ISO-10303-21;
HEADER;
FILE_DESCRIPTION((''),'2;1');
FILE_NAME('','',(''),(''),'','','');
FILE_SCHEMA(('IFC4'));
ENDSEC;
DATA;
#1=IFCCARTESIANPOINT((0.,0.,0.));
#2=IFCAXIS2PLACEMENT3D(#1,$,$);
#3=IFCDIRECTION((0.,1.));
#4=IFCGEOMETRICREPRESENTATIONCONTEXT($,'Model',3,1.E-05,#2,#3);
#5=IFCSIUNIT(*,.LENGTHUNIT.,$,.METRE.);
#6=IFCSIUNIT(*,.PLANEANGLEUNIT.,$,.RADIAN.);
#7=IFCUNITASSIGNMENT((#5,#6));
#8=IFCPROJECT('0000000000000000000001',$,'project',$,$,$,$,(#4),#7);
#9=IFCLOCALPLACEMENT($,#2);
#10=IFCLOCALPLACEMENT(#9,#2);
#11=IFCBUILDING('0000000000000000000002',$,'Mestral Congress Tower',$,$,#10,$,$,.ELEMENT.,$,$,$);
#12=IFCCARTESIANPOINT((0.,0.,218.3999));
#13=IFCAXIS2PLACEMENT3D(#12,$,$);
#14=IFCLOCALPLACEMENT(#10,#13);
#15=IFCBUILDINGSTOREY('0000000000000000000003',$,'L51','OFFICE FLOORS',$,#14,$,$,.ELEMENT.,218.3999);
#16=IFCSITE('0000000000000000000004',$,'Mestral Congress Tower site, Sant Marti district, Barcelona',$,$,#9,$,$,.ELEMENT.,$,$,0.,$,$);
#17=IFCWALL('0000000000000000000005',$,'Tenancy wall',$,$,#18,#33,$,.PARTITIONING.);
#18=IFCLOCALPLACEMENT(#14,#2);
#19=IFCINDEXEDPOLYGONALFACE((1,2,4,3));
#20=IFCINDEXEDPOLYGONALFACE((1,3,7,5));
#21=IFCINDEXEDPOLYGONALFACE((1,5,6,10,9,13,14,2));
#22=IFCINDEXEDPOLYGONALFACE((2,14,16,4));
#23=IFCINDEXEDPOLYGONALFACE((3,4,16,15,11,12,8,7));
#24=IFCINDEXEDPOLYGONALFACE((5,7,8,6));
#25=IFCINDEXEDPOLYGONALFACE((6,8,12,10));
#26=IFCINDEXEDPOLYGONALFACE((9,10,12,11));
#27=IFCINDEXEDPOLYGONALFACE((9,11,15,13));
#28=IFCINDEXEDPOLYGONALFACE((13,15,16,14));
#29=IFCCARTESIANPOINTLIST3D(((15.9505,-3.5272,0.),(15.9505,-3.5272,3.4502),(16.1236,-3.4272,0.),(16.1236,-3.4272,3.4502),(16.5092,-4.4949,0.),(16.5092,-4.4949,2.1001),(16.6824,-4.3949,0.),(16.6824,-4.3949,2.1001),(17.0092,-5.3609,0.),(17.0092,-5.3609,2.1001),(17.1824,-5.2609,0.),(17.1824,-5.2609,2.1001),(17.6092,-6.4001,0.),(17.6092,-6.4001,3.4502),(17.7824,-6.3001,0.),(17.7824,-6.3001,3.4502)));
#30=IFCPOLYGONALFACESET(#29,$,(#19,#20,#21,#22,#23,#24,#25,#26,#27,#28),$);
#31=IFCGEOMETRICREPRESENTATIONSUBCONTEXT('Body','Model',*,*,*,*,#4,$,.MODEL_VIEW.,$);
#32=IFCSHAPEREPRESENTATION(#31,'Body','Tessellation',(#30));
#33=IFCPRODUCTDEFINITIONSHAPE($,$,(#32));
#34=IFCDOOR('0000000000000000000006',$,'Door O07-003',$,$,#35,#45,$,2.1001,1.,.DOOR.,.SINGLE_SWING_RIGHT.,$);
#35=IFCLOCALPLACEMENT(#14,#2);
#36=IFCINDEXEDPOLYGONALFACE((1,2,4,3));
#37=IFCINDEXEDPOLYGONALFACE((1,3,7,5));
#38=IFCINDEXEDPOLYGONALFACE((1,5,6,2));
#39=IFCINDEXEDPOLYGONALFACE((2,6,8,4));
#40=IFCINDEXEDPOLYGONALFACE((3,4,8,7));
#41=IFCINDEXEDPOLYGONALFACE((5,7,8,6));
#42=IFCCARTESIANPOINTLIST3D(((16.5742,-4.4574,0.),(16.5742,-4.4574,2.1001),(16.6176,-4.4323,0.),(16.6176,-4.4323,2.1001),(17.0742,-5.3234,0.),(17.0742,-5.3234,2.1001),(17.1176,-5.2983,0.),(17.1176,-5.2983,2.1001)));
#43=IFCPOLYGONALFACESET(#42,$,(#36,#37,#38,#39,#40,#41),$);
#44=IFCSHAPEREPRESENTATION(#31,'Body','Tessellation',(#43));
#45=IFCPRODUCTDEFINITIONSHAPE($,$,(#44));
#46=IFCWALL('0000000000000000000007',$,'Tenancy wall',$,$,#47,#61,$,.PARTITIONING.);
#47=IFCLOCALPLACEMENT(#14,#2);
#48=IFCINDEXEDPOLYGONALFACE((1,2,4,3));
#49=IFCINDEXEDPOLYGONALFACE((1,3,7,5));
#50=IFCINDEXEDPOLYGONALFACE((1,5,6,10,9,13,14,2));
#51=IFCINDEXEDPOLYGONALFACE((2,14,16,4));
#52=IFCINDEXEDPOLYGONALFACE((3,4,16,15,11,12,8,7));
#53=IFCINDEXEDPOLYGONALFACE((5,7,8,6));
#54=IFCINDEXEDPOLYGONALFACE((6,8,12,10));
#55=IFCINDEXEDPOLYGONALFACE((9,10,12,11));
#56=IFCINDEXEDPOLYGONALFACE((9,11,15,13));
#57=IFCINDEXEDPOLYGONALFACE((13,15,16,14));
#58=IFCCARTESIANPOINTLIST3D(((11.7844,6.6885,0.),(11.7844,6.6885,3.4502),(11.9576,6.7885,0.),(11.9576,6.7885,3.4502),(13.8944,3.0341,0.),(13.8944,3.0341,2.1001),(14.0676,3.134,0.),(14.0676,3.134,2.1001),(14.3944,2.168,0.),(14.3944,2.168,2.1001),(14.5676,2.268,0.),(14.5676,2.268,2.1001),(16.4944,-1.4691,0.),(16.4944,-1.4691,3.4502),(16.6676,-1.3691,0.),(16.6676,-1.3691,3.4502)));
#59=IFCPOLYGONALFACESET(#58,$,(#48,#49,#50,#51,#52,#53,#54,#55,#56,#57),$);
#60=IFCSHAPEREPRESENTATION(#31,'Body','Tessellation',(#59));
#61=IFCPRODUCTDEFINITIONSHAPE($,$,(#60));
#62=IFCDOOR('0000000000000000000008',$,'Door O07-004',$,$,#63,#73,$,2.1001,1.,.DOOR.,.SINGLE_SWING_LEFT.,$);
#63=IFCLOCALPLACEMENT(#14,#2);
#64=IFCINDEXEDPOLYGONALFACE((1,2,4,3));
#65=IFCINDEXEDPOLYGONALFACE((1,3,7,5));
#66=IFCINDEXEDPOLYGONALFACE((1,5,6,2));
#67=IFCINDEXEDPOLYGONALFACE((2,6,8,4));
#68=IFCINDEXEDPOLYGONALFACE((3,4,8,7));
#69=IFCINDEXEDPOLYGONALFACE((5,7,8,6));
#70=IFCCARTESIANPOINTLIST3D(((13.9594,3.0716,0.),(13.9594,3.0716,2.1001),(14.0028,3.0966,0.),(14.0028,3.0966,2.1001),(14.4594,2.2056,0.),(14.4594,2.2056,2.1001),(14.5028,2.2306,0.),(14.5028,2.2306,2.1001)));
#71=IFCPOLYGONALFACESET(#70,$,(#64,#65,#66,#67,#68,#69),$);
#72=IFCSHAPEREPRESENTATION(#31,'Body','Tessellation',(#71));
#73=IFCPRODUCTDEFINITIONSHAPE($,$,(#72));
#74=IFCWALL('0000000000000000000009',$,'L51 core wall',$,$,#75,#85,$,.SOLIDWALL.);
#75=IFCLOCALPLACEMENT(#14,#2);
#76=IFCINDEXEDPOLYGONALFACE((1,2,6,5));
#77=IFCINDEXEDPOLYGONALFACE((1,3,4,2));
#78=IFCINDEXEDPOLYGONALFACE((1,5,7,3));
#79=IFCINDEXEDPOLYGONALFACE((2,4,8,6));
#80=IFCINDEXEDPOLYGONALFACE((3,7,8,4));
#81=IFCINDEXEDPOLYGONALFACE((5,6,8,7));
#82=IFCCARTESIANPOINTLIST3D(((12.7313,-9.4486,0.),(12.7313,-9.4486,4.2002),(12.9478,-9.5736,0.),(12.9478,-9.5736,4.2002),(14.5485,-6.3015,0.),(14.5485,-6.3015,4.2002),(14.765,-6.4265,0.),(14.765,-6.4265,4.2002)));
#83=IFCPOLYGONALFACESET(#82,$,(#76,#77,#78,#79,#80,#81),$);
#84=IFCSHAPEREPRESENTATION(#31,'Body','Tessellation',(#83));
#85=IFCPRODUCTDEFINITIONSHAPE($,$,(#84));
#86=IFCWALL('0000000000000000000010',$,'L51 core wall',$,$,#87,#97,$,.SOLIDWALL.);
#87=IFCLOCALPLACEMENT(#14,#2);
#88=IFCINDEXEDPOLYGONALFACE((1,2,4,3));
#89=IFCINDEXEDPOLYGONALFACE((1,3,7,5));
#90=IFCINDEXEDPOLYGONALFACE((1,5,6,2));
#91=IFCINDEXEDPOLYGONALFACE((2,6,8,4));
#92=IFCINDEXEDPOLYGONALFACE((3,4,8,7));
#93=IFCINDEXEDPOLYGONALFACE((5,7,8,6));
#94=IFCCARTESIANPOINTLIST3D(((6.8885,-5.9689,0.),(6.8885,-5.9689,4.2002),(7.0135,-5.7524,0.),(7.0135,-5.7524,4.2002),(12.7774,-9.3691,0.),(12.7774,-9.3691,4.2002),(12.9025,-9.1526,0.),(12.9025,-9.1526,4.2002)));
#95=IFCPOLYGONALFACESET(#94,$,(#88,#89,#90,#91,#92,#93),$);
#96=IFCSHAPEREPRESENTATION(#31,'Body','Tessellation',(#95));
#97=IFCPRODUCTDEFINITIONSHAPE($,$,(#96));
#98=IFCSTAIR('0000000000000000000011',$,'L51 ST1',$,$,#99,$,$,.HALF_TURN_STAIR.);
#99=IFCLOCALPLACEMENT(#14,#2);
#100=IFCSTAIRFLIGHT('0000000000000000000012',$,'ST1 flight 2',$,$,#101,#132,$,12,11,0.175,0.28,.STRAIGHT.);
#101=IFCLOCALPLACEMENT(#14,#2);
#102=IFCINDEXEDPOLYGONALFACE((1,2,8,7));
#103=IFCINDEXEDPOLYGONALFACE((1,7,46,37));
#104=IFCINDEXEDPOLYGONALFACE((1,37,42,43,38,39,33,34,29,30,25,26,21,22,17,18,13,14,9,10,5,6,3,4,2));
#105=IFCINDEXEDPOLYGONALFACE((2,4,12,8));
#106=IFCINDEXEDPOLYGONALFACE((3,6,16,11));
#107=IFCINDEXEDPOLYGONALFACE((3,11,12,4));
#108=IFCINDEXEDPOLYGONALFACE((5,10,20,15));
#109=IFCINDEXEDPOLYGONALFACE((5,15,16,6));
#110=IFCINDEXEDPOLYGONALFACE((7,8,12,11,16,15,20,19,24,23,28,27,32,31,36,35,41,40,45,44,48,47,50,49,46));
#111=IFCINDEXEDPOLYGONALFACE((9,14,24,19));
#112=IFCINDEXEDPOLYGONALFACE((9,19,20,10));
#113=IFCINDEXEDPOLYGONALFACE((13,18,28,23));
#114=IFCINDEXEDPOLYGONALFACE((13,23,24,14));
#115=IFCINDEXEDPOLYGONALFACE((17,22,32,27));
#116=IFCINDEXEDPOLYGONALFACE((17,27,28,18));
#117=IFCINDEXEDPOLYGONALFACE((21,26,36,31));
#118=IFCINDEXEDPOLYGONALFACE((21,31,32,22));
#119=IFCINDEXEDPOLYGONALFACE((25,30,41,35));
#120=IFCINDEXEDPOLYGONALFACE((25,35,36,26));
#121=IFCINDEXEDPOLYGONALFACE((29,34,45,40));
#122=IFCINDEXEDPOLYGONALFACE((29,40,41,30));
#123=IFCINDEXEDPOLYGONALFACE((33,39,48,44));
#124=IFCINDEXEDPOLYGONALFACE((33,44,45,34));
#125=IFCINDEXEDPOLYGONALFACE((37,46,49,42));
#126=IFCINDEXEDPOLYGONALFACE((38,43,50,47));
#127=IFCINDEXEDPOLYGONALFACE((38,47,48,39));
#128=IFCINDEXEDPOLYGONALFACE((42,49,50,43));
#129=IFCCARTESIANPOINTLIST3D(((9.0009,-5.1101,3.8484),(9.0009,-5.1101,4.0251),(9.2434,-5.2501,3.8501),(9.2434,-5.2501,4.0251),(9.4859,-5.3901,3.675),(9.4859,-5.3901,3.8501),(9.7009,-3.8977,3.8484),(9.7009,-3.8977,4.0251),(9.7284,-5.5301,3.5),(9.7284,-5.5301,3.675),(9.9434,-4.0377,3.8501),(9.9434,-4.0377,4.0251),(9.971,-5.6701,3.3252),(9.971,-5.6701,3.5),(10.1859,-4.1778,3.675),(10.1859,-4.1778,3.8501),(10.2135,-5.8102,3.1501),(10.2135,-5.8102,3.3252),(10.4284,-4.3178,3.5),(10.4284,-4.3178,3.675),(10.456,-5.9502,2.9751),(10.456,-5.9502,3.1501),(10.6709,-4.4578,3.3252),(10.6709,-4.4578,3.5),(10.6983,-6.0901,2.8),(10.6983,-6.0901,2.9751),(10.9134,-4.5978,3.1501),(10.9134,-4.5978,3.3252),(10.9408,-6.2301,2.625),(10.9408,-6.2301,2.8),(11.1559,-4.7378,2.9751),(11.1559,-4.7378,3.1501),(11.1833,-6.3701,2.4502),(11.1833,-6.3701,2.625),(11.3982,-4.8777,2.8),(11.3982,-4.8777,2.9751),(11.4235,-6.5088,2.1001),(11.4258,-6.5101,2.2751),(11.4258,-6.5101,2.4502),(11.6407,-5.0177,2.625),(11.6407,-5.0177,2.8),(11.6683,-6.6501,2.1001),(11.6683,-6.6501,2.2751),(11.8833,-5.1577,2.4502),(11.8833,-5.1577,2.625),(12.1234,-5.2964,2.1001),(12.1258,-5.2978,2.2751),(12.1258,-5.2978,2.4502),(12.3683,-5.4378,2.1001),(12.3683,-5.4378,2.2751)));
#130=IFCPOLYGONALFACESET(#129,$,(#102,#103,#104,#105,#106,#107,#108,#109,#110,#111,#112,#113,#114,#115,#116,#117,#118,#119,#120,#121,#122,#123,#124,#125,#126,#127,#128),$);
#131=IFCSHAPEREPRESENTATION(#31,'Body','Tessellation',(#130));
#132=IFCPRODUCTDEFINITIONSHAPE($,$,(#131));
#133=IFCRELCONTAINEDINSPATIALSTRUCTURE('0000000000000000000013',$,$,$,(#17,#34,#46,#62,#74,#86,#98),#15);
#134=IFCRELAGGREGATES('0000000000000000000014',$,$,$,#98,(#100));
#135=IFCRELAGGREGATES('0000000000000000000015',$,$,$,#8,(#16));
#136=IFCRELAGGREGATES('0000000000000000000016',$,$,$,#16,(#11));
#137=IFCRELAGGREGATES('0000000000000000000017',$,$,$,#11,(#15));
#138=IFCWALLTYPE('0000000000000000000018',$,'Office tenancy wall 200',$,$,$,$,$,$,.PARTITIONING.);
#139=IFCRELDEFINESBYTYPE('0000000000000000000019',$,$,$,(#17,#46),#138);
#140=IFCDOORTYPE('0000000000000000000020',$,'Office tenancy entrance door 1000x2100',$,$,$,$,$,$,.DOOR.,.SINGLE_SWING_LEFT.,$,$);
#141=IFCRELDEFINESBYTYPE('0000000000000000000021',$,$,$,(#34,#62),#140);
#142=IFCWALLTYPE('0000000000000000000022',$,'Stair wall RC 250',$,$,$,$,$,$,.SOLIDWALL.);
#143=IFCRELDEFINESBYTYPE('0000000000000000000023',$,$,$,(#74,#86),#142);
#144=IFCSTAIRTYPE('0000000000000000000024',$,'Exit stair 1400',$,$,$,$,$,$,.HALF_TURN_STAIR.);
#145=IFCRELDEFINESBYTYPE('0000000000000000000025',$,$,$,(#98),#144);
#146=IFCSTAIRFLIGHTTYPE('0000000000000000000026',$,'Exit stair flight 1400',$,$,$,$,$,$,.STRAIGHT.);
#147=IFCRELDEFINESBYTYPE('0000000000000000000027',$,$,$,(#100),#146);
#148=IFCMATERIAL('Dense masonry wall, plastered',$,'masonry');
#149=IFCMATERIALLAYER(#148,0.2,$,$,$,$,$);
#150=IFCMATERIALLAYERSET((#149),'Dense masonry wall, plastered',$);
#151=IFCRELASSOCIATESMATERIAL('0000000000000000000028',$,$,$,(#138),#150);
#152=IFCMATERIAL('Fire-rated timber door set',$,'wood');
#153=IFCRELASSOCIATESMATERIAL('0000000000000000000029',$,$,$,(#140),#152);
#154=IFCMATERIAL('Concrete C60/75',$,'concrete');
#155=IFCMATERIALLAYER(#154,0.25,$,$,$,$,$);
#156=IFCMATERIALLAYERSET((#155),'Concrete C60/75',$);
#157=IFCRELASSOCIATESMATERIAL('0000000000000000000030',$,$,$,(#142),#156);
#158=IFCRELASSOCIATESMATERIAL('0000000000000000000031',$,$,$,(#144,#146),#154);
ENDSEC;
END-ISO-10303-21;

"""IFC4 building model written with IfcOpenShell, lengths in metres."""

from ifc_helpers import new_model, si_unit, direction, frame, frame_2d, origin, place, context, subcontext, project, spatial, polyline, rectangle, outline, extrude, material, layer, layer_set, type_object, element, fill, aggregate, save


model = new_model("IFC4")

# Units and contexts
model_context = context("Model", 3, precision=1e-05, world=origin(), true_north=direction((0.0, 1.0)))
body_context = subcontext(model_context, "Body", "Model", "MODEL_VIEW")
ifc_project = project(units=[si_unit("LENGTHUNIT", "METRE"), si_unit("PLANEANGLEUNIT", "RADIAN")], contexts=[model_context])

# Site, building, storey
site_placement = place(None, origin())
site = spatial("IfcSite", under=ifc_project, at=site_placement, Name="Mestral Congress Tower site, Sant Marti district, Barcelona", CompositionType="ELEMENT", RefElevation=0.0)
building_placement = place(site_placement, origin())
building = spatial("IfcBuilding", under=site, at=building_placement, Name="Mestral Congress Tower", CompositionType="ELEMENT")
storey_placement = place(building_placement, frame((0.0, 0.0, 218.3999)))
storey = spatial("IfcBuildingStorey", under=building, at=storey_placement, Name="L51", Description="OFFICE FLOORS", CompositionType="ELEMENT", Elevation=218.3999)

# Shared definitions
ifc_material_1 = material(Name="Concrete C60/75", Category="concrete")

# Shared definitions
ifc_material_2 = material(Name="Dense masonry wall, plastered", Category="masonry")
ifc_layer_1 = layer(ifc_material_2, 0.2)
ifc_layer_set_1 = layer_set([ifc_layer_1], Name="Dense masonry wall, plastered")
wall_type_1 = type_object("IfcWallType", Name="Office tenancy wall 200", PredefinedType="PARTITIONING", material=ifc_layer_set_1)

# Walls, openings, doors
wall_1_placement = place(storey_placement, frame((17.6958, -6.3501, 0.0), z_axis=(0.0, 0.0, 1.0), x_axis=(-0.500018, 0.866015, 0.0)))
wall_1 = element("IfcWall", 1, at=wall_1_placement, inside=storey, type_object=wall_type_1, Name="Tenancy wall", PredefinedType="PARTITIONING", context=body_context, shape_type="SweptSolid", body=[
    extrude(rectangle(XDim=3.3174, YDim=0.2, at=frame_2d((1.6587, 0.0))), origin(), (0.0, 0.0, 1.0), 3.4502),
])
opening_1_placement = place(wall_1_placement, frame((1.2, 0.0, 0.0)))
opening_1 = element("IfcOpeningElement", 2, at=opening_1_placement, cuts=wall_1, PredefinedType="OPENING", context=body_context, shape_type="SweptSolid", body=[
    extrude(rectangle(XDim=1.0, YDim=2.1001, at=frame_2d((0.5, 1.05))), frame((0.0, 0.1099, 0.0), z_axis=(0.0, -1.0, 0.0), x_axis=(1.0, 0.0, 0.0)), (0.0, 0.0, 1.0), 0.22),
])
ifc_material_3 = material(Name="Fire-rated timber door set", Category="wood")
door_type = type_object("IfcDoorType", Name="Office tenancy entrance door 1000x2100", OperationType="SINGLE_SWING_LEFT", PredefinedType="DOOR", material=ifc_material_3)
door_1_placement = place(opening_1_placement, origin())
door_1 = element("IfcDoor", 3, at=door_1_placement, inside=storey, type_object=door_type, Name="Door O07-003", OperationType="SINGLE_SWING_RIGHT", OverallHeight=2.1001, OverallWidth=1.0, PredefinedType="DOOR", context=body_context, shape_type="SweptSolid", body=[
    extrude(rectangle(XDim=1.0, YDim=2.1001, at=frame_2d((0.5, 1.05))), frame((0.0, 0.0249, 0.0), z_axis=(0.0, -1.0, 0.0), x_axis=(1.0, 0.0, 0.0)), (0.0, 0.0, 1.0), 0.05),
])
fill(opening_1, door_1)
wall_2_placement = place(storey_placement, frame((16.5811, -1.4192, 0.0), z_axis=(0.0, 0.0, 1.0), x_axis=(-0.500019, 0.866014, 0.0)))
wall_2 = element("IfcWall", 4, at=wall_2_placement, inside=storey, type_object=wall_type_1, Name="Tenancy wall", PredefinedType="PARTITIONING", context=body_context, shape_type="SweptSolid", body=[
    extrude(rectangle(XDim=9.4197, YDim=0.2, at=frame_2d((4.71, 0.0))), origin(), (0.0, 0.0, 1.0), 3.4502),
])
opening_2_placement = place(wall_2_placement, frame((4.2, 0.0, 0.0)))
opening_2 = element("IfcOpeningElement", 5, at=opening_2_placement, cuts=wall_2, PredefinedType="OPENING", context=body_context, shape_type="SweptSolid", body=[
    extrude(rectangle(XDim=1.0, YDim=2.1001, at=frame_2d((0.5, 1.05))), frame((0.0, 0.1099, 0.0), z_axis=(0.0, -1.0, 0.0), x_axis=(1.0, 0.0, 0.0)), (0.0, 0.0, 1.0), 0.22),
])
door_2_placement = place(opening_2_placement, origin())
door_2 = element("IfcDoor", 6, at=door_2_placement, inside=storey, type_object=door_type, Name="Door O07-004", OperationType="SINGLE_SWING_LEFT", OverallHeight=2.1001, OverallWidth=1.0, PredefinedType="DOOR", context=body_context, shape_type="SweptSolid", body=[
    extrude(rectangle(XDim=1.0, YDim=2.1001, at=frame_2d((0.5, 1.05))), frame((0.0, 0.0249, 0.0), z_axis=(0.0, -1.0, 0.0), x_axis=(1.0, 0.0, 0.0)), (0.0, 0.0, 1.0), 0.05),
])
fill(opening_2, door_2)

# Walls
ifc_layer_2 = layer(ifc_material_1, 0.25)
ifc_layer_set_2 = layer_set([ifc_layer_2], Name="Concrete C60/75")
wall_type_2 = type_object("IfcWallType", Name="Stair wall RC 250", PredefinedType="SOLIDWALL", material=ifc_layer_set_2)
wall_3_placement = place(storey_placement, frame((12.8396, -9.511, 0.0), z_axis=(0.0, 0.0, 1.0), x_axis=(0.500048, 0.865998, 0.0)))
element("IfcWall", 7, at=wall_3_placement, inside=storey, type_object=wall_type_2, Name="L51 core wall", PredefinedType="SOLIDWALL", context=body_context, shape_type="SweptSolid", body=[
    extrude(rectangle(XDim=3.634, YDim=0.25, at=frame_2d((1.8169, 0.0))), origin(), (0.0, 0.0, 1.0), 4.2002),
])
wall_4_placement = place(storey_placement, frame((12.8398, -9.2607, 0.0), z_axis=(0.0, 0.0, 1.0), x_axis=(-0.866014, 0.50002, 0.0)))
element("IfcWall", 8, at=wall_4_placement, inside=storey, type_object=wall_type_2, Name="L51 core wall", PredefinedType="SOLIDWALL", context=body_context, shape_type="SweptSolid", body=[
    extrude(rectangle(XDim=6.8, YDim=0.25, at=frame_2d((3.3999, 0.0))), origin(), (0.0, 0.0, 1.0), 4.2002),
])

# Stair, stair flight
stair_type = type_object("IfcStairType", Name="Exit stair 1400", PredefinedType="HALF_TURN_STAIR", material=ifc_material_1)
stair_placement = place(storey_placement, origin())
stair = element("IfcStair", 9, at=stair_placement, inside=storey, type_object=stair_type, Name="L51 ST1", PredefinedType="HALF_TURN_STAIR")
stair_flight_type = type_object("IfcStairFlightType", Name="Exit stair flight 1400", PredefinedType="STRAIGHT", material=ifc_material_1)
stair_flight_placement = place(storey_placement, frame((12.0183, -6.0439, 2.1001), z_axis=(0.0, 0.0, 1.0), x_axis=(-0.866025, 0.5, 0.0)))
stair_flight = element("IfcStairFlight", 10, at=stair_flight_placement, type_object=stair_flight_type, Name="ST1 flight 2", NumberOfRisers=12, NumberOfTreads=11, PredefinedType="STRAIGHT", RiserHeight=0.175, TreadLength=0.28, context=body_context, shape_type="SweptSolid", body=[
    extrude(outline(polyline([(0.0, 0.0), (0.0, 0.175), (0.28, 0.175), (0.28, 0.3501), (0.5601, 0.3501), (0.5601, 0.5249), (0.8401, 0.5249), (0.8401, 0.7), (1.1201, 0.7), (1.1201, 0.875), (1.3999, 0.875), (1.3999, 1.05), (1.6799, 1.05), (1.6799, 1.2251), (1.96, 1.2251), (1.96, 1.3999), (2.24, 1.3999), (2.24, 1.575), (2.52, 1.575), (2.52, 1.75), (2.8, 1.75), (2.8, 1.925), (3.0801, 1.925), (3.0801, 2.1001), (3.0801, 1.7483), (0.2827, 0.0), (0.0, 0.0)])), frame((0.0, 0.7, 0.0), z_axis=(0.0, -1.0, 0.0), x_axis=(1.0, 0.0, 0.0)), (0.0, 0.0, 1.0), 1.3999),
])
aggregate(stair, [stair_flight])

save(model, "model.ifc")
